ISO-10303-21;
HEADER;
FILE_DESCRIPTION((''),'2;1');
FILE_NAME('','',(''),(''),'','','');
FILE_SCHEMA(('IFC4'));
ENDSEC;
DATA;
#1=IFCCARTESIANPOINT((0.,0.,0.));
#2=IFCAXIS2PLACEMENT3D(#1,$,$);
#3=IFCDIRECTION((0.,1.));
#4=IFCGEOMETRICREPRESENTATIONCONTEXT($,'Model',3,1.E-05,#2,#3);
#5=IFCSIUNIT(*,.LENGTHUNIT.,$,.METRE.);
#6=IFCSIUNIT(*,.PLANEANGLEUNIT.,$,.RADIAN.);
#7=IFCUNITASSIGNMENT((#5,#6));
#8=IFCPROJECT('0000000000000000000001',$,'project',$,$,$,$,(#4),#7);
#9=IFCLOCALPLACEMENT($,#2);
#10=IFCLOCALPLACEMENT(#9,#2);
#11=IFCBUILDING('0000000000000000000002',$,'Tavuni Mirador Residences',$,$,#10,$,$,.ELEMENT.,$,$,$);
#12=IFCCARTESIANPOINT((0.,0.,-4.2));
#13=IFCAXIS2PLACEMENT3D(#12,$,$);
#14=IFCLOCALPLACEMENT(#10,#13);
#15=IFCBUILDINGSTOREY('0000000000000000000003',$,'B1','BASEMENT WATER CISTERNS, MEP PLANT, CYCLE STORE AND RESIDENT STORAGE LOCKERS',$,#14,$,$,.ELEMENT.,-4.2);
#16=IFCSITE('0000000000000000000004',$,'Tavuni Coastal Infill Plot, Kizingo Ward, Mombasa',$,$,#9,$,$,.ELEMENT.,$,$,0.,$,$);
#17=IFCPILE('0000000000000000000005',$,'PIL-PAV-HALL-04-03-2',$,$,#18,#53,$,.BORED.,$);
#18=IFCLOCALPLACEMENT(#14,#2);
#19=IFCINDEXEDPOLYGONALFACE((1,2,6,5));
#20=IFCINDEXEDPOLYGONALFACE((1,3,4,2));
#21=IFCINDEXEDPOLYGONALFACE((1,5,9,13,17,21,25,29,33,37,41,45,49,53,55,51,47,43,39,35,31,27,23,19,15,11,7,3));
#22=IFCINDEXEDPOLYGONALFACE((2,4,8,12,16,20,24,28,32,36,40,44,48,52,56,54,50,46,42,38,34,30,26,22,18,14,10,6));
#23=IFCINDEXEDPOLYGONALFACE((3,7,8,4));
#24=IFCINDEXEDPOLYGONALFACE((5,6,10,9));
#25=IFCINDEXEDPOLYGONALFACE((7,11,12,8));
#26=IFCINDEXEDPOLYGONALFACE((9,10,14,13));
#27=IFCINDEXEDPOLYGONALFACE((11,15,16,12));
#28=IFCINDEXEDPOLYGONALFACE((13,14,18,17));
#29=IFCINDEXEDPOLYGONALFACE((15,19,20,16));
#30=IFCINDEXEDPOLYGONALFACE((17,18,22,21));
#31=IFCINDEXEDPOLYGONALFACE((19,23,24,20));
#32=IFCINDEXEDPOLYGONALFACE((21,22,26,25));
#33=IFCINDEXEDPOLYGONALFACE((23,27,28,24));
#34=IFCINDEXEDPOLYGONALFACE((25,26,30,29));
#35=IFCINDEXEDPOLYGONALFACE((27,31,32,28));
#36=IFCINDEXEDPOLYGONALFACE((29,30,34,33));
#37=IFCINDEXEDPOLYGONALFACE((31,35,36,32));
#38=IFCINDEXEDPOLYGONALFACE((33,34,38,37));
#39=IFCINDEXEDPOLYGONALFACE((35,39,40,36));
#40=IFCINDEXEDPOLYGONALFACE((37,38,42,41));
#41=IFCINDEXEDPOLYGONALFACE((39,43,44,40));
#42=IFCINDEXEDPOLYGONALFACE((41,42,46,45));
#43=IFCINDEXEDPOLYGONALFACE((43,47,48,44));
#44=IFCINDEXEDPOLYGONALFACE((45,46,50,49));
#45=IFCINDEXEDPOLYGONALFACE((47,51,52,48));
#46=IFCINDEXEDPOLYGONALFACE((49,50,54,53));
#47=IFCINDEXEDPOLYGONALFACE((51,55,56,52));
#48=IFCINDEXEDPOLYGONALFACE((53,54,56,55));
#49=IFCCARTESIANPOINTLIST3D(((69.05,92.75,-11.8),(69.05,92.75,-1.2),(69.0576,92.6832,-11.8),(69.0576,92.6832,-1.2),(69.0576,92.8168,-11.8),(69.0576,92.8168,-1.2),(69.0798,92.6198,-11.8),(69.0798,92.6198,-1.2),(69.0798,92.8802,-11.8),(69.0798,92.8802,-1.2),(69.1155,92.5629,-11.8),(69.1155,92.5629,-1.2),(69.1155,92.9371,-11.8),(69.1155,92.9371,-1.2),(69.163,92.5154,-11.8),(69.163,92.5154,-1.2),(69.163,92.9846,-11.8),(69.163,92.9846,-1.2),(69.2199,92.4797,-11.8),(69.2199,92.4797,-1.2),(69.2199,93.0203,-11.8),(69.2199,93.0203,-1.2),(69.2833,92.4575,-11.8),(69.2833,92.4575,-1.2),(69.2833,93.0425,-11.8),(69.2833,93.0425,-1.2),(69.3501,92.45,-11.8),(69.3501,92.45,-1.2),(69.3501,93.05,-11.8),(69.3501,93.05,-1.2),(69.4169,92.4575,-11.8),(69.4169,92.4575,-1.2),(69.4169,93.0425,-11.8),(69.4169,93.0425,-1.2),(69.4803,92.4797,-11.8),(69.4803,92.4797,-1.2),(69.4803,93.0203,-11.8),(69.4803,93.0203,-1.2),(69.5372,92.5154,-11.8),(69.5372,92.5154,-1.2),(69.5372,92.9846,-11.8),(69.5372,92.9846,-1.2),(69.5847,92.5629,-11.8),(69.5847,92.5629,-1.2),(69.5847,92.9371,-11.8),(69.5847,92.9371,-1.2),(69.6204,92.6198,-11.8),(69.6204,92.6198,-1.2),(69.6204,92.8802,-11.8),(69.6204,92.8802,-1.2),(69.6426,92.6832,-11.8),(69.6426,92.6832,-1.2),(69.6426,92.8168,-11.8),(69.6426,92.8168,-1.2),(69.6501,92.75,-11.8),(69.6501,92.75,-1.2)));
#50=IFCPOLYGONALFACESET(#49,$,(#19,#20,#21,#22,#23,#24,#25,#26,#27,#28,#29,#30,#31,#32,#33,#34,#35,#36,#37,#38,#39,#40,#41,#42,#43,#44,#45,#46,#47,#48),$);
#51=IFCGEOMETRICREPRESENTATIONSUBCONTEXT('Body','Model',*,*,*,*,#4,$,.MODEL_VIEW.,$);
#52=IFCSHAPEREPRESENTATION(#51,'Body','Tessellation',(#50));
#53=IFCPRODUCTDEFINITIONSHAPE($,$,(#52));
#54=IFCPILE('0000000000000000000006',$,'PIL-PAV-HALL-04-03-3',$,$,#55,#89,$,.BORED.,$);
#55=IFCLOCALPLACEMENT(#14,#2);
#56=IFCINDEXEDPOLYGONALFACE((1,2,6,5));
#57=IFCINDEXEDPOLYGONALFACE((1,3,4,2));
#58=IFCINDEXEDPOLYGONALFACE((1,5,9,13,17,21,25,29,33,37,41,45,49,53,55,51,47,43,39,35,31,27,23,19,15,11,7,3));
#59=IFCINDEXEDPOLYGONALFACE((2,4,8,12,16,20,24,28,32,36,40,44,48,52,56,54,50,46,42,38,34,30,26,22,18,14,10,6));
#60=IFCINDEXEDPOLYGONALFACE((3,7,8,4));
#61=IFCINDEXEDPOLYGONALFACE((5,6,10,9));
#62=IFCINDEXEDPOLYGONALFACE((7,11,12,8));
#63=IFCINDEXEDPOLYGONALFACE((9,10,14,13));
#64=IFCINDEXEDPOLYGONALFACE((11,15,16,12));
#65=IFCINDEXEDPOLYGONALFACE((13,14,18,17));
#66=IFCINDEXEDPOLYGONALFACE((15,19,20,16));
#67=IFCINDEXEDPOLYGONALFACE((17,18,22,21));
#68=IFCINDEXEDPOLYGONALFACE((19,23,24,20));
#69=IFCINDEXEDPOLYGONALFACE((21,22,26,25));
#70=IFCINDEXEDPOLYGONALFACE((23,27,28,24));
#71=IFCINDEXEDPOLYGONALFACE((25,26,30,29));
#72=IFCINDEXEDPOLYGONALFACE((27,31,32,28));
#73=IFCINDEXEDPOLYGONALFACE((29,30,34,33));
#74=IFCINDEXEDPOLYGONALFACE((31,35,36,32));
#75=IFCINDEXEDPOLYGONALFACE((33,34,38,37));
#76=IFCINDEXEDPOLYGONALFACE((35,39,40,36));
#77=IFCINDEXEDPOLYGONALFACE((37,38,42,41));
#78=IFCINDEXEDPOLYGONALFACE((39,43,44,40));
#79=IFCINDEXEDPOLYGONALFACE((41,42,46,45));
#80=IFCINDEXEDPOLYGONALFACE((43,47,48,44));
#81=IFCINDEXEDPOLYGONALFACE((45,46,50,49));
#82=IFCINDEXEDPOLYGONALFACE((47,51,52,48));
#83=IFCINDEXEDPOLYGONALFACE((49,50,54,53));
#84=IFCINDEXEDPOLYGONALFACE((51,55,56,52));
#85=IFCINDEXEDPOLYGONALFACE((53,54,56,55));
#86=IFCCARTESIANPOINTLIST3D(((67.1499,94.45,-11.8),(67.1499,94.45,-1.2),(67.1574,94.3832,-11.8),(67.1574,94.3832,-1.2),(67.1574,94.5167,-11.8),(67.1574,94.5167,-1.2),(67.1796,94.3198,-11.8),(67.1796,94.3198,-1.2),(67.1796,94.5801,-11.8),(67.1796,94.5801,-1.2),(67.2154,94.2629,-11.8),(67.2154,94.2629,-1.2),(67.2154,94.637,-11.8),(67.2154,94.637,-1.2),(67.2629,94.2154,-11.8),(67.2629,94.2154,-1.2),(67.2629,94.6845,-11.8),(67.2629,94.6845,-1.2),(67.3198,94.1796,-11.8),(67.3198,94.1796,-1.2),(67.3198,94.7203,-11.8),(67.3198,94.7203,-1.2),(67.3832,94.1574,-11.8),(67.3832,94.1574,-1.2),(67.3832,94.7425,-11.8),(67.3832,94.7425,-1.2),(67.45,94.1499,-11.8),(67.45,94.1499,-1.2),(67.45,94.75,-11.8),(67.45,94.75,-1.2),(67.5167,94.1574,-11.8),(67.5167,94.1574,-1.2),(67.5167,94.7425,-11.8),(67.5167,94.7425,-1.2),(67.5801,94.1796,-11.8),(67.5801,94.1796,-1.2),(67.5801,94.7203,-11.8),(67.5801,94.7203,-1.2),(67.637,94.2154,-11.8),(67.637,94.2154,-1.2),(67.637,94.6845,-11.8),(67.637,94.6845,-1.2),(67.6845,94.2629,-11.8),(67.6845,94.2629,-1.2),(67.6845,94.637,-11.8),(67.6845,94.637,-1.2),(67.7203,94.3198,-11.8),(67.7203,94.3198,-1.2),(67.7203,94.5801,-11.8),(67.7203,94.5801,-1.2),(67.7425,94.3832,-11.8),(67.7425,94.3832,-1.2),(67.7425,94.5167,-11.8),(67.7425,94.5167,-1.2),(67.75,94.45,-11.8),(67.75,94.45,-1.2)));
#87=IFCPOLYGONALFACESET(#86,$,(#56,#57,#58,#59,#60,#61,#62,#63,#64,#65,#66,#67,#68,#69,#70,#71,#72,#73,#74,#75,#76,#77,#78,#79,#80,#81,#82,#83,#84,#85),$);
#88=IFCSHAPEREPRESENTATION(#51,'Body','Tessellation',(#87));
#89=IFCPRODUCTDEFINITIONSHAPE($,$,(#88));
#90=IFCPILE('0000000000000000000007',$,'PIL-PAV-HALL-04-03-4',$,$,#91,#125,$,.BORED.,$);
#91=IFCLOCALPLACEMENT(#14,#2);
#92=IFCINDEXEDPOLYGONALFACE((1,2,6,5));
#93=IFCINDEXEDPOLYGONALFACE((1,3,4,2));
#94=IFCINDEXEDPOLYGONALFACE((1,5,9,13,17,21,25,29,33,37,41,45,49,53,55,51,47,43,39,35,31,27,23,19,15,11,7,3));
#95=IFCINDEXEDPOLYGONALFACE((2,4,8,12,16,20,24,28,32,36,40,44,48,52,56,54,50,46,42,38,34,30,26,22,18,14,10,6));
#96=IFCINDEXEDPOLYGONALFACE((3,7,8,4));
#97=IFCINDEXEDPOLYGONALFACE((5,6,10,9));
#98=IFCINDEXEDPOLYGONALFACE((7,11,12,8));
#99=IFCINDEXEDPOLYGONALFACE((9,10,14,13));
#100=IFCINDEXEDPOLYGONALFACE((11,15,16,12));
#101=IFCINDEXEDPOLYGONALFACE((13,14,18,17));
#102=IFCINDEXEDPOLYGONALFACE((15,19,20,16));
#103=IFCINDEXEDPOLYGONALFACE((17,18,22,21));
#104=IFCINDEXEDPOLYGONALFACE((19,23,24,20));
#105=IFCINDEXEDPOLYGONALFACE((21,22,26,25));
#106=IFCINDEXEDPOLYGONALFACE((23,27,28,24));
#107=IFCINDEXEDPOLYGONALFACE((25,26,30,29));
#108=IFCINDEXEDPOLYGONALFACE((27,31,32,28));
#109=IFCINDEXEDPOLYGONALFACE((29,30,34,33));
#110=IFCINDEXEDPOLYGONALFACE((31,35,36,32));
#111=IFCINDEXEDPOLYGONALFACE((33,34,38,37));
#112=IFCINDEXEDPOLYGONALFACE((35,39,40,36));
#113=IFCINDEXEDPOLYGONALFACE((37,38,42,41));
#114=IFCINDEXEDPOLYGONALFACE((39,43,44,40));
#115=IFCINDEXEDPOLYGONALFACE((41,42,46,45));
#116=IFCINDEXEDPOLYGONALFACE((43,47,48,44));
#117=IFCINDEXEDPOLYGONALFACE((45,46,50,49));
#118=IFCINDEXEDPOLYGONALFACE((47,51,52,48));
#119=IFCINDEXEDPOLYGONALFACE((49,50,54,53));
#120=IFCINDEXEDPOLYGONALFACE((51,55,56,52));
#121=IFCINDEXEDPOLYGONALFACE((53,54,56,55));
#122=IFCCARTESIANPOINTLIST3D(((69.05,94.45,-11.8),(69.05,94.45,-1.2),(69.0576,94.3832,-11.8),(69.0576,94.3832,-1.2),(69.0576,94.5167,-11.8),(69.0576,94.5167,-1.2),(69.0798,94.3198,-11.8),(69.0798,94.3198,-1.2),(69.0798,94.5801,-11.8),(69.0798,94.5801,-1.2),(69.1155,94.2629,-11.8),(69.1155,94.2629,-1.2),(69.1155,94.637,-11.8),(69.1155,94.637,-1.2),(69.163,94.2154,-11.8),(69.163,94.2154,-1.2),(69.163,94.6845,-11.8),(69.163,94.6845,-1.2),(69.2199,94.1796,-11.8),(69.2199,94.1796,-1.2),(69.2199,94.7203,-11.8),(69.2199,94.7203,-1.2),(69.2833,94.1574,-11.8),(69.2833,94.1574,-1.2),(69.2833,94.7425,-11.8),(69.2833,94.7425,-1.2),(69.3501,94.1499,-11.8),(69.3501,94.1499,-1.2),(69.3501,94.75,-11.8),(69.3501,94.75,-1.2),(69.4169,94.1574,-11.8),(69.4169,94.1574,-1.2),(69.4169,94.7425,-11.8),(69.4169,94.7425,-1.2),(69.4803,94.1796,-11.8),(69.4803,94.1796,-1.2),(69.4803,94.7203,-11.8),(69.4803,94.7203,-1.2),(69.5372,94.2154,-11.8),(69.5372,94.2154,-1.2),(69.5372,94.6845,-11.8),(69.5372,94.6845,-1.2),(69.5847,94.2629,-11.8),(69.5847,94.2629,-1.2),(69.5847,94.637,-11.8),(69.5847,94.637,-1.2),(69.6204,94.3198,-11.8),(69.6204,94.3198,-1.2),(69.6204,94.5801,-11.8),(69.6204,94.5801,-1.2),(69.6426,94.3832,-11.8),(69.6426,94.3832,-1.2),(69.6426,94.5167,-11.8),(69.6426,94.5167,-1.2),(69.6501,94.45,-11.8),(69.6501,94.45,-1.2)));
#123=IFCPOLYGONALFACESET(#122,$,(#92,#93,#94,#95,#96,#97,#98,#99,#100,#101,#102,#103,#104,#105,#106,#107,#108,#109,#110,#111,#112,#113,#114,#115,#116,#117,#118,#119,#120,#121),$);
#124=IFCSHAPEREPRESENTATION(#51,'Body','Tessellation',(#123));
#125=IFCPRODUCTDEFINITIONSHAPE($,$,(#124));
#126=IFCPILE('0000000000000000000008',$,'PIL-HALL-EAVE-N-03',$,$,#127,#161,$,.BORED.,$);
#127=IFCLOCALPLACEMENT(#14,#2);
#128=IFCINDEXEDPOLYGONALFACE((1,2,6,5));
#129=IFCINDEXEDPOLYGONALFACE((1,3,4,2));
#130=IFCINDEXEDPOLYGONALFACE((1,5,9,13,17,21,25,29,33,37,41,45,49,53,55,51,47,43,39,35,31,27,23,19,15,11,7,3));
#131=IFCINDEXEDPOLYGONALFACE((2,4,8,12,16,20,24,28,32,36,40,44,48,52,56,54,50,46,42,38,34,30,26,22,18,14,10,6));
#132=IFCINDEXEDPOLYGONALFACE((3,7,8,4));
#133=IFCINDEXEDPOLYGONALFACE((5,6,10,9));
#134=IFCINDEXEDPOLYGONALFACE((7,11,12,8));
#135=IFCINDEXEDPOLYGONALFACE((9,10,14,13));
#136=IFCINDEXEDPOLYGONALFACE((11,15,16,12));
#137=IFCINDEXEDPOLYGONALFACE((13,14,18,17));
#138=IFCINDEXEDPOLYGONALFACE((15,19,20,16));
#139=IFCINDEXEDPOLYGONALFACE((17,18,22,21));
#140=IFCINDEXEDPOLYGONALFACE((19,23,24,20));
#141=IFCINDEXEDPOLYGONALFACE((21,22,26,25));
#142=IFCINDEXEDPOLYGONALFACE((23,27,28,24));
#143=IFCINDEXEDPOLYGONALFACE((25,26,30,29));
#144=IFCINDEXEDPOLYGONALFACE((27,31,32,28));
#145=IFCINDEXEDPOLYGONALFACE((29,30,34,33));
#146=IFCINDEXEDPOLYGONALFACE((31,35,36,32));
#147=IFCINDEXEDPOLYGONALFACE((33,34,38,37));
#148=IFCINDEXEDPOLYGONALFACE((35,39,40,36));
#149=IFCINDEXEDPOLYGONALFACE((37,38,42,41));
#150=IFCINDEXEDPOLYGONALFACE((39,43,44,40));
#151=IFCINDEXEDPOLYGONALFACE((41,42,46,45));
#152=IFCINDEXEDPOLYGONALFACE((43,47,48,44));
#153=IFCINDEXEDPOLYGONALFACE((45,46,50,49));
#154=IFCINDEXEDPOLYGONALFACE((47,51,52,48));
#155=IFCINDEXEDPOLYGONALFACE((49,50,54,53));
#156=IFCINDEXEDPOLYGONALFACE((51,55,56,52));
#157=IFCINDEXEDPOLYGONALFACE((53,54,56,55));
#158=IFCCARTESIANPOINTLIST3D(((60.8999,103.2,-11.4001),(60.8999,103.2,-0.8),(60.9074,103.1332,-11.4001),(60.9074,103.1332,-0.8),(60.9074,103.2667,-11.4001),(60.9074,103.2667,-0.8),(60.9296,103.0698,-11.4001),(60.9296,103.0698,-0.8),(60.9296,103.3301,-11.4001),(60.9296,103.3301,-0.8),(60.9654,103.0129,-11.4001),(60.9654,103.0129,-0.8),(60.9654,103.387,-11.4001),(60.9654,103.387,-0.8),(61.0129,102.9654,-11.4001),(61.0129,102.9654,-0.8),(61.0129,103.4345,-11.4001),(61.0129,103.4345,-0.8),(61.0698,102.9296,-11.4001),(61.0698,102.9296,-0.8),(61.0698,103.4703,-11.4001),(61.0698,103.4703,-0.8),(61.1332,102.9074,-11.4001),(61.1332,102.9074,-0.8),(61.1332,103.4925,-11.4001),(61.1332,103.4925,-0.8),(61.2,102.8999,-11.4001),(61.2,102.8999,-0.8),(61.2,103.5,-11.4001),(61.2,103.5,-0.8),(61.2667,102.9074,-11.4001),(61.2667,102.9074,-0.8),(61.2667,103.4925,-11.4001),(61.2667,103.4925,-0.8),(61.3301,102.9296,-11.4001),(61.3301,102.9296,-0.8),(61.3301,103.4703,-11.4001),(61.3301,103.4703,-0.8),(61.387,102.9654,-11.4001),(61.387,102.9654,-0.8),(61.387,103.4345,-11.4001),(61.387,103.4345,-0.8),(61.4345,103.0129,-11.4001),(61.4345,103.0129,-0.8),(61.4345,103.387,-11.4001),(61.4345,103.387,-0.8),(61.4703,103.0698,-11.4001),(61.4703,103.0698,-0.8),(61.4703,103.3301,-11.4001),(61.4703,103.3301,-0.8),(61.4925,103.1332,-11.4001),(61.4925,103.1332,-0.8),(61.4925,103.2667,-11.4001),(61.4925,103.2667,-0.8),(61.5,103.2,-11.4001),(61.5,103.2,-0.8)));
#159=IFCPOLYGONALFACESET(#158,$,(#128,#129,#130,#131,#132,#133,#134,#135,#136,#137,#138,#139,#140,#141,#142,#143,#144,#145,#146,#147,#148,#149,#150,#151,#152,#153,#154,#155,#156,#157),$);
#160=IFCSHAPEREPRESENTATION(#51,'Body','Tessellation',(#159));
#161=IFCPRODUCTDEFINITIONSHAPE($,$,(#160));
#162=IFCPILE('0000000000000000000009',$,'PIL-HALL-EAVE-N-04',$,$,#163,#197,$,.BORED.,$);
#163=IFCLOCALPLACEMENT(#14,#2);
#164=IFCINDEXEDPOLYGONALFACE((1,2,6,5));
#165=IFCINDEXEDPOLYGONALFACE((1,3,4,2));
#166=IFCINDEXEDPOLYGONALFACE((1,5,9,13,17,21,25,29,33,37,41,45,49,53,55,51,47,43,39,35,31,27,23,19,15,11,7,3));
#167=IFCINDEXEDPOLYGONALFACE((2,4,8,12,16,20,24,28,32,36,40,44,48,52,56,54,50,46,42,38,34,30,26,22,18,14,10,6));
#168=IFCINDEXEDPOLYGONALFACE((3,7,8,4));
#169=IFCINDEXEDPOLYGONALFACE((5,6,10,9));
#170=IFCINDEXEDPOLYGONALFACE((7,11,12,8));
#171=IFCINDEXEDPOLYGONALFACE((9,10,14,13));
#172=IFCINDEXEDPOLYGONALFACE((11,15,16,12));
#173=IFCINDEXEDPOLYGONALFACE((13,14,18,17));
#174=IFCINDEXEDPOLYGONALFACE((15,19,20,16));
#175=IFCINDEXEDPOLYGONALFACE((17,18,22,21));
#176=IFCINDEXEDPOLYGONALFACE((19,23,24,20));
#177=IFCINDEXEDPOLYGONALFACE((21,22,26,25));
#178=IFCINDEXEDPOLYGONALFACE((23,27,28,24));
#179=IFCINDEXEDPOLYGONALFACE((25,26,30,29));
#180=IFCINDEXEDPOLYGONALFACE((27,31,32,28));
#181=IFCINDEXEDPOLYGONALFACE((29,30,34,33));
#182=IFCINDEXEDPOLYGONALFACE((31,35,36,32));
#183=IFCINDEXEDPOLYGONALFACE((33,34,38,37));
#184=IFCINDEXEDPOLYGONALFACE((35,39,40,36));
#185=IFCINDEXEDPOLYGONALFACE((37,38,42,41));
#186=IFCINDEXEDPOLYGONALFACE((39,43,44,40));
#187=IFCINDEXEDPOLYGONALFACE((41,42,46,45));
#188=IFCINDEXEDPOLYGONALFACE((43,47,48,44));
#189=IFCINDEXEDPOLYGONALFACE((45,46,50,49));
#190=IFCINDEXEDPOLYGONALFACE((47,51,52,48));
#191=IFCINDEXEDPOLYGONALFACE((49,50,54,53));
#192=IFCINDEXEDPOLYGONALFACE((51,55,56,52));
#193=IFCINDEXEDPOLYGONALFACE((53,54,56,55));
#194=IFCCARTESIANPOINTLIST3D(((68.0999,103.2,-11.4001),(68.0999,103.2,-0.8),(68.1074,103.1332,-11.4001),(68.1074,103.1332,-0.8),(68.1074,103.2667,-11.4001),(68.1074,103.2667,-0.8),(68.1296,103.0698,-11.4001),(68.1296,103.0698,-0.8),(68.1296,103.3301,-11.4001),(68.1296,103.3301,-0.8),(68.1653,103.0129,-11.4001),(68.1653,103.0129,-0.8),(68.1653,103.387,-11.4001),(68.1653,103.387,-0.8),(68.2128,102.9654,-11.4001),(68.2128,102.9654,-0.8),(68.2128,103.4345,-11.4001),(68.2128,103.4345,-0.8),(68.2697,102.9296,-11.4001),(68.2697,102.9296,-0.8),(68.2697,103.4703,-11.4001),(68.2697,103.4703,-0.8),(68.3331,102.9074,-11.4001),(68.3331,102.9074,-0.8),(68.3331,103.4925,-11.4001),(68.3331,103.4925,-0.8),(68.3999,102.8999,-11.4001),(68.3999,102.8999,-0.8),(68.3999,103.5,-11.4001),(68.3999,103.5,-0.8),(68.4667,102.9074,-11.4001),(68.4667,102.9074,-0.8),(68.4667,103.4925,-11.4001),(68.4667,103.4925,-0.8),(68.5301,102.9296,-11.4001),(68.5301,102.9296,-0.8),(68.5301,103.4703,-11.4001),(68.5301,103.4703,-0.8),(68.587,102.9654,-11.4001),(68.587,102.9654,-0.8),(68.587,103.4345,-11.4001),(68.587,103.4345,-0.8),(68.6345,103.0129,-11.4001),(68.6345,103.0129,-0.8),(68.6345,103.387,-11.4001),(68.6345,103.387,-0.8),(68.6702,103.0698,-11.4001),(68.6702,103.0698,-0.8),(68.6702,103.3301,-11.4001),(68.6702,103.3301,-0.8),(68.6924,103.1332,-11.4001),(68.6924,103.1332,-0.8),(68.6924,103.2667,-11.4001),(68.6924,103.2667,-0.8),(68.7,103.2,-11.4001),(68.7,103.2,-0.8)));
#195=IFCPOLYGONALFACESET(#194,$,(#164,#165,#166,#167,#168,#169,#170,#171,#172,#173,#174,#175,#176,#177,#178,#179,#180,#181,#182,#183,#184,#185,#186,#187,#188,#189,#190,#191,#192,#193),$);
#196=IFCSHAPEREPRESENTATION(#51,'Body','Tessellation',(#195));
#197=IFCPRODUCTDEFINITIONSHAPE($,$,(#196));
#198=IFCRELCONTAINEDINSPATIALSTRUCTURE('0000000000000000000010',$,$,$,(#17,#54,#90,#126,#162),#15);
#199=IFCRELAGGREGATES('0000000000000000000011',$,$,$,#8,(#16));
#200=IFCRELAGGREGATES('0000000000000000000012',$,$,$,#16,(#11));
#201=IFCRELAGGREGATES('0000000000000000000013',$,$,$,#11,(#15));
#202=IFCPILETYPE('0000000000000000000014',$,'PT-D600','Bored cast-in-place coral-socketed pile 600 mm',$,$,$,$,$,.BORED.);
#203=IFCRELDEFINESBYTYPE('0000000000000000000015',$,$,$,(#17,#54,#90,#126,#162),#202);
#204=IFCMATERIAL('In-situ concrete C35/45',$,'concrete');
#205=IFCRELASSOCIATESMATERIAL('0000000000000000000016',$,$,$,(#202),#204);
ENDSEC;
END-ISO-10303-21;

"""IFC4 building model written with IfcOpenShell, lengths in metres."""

from ifc_helpers import new_model, si_unit, direction, frame, origin, origin_2d, place, context, subcontext, project, spatial, circle, extrude, material, material_profile, profile_set, type_object, element, save


model = new_model("IFC4")

# Units and contexts
model_context = context("Model", 3, precision=1e-05, world=origin(), true_north=direction((0.0, 1.0)))
body_context = subcontext(model_context, "Body", "Model", "MODEL_VIEW")
ifc_project = project(units=[si_unit("LENGTHUNIT", "METRE"), si_unit("PLANEANGLEUNIT", "RADIAN")], contexts=[model_context])

# Site, building, storey
site_placement = place(None, origin())
site = spatial("IfcSite", under=ifc_project, at=site_placement, Name="Tavuni Coastal Infill Plot, Kizingo Ward, Mombasa", CompositionType="ELEMENT", RefElevation=0.0)
building_placement = place(site_placement, origin())
building = spatial("IfcBuilding", under=site, at=building_placement, Name="Tavuni Mirador Residences", CompositionType="ELEMENT")
storey_placement = place(building_placement, frame((0.0, 0.0, -4.2)))
storey = spatial("IfcBuildingStorey", under=building, at=storey_placement, Name="B1", Description="BASEMENT WATER CISTERNS, MEP PLANT, CYCLE STORE AND RESIDENT STORAGE LOCKERS", CompositionType="ELEMENT", Elevation=-4.2)

# Shared definitions
ifc_material_1 = material(Name="In-situ concrete C35/45", Category="concrete")

# Piles
ifc_material_profile_1 = material_profile(ifc_material_1, circle(Radius=0.3, at=origin_2d()), Name="PILE D600", Category="concrete")
ifc_profile_set_1 = profile_set([ifc_material_profile_1], Name="In-situ concrete C35/45")
pile_type_1 = type_object("IfcPileType", Name="PT-D600", Description="Bored cast-in-place coral-socketed pile 600 mm", PredefinedType="BORED", material=ifc_profile_set_1)
for number, where, z_axis, x_axis, name in (
    (1, (69.3501, 92.75, -1.2), (0.0, 0.0, -1.0), (1.0, 0.0, 0.0), "PIL-PAV-HALL-04-03-2"),
    (2, (67.45, 94.45, -1.2), (0.0, 0.0, -1.0), (1.0, 0.0, 0.0), "PIL-PAV-HALL-04-03-3"),
    (3, (69.3501, 94.45, -1.2), (0.0, 0.0, -1.0), (1.0, 0.0, 0.0), "PIL-PAV-HALL-04-03-4"),
    (4, (61.2, 103.2, -0.8), (0.0, 0.0, -1.0), (1.0, 0.0, 0.0), "PIL-HALL-EAVE-N-03"),
    (5, (68.3999, 103.2, -0.8), (0.0, 0.0, -1.0), (1.0, 0.0, 0.0), "PIL-HALL-EAVE-N-04"),
):
    element("IfcPile", number, at=place(storey_placement, frame(where, z_axis=z_axis, x_axis=x_axis)), inside=storey, type_object=pile_type_1, Name=name, PredefinedType="BORED", context=body_context, shape_type="SweptSolid", body=[
        extrude(circle(Radius=0.3, at=origin_2d()), origin(), (0.0, 0.0, 1.0), 10.6001),
    ])

save(model, "model.ifc")
